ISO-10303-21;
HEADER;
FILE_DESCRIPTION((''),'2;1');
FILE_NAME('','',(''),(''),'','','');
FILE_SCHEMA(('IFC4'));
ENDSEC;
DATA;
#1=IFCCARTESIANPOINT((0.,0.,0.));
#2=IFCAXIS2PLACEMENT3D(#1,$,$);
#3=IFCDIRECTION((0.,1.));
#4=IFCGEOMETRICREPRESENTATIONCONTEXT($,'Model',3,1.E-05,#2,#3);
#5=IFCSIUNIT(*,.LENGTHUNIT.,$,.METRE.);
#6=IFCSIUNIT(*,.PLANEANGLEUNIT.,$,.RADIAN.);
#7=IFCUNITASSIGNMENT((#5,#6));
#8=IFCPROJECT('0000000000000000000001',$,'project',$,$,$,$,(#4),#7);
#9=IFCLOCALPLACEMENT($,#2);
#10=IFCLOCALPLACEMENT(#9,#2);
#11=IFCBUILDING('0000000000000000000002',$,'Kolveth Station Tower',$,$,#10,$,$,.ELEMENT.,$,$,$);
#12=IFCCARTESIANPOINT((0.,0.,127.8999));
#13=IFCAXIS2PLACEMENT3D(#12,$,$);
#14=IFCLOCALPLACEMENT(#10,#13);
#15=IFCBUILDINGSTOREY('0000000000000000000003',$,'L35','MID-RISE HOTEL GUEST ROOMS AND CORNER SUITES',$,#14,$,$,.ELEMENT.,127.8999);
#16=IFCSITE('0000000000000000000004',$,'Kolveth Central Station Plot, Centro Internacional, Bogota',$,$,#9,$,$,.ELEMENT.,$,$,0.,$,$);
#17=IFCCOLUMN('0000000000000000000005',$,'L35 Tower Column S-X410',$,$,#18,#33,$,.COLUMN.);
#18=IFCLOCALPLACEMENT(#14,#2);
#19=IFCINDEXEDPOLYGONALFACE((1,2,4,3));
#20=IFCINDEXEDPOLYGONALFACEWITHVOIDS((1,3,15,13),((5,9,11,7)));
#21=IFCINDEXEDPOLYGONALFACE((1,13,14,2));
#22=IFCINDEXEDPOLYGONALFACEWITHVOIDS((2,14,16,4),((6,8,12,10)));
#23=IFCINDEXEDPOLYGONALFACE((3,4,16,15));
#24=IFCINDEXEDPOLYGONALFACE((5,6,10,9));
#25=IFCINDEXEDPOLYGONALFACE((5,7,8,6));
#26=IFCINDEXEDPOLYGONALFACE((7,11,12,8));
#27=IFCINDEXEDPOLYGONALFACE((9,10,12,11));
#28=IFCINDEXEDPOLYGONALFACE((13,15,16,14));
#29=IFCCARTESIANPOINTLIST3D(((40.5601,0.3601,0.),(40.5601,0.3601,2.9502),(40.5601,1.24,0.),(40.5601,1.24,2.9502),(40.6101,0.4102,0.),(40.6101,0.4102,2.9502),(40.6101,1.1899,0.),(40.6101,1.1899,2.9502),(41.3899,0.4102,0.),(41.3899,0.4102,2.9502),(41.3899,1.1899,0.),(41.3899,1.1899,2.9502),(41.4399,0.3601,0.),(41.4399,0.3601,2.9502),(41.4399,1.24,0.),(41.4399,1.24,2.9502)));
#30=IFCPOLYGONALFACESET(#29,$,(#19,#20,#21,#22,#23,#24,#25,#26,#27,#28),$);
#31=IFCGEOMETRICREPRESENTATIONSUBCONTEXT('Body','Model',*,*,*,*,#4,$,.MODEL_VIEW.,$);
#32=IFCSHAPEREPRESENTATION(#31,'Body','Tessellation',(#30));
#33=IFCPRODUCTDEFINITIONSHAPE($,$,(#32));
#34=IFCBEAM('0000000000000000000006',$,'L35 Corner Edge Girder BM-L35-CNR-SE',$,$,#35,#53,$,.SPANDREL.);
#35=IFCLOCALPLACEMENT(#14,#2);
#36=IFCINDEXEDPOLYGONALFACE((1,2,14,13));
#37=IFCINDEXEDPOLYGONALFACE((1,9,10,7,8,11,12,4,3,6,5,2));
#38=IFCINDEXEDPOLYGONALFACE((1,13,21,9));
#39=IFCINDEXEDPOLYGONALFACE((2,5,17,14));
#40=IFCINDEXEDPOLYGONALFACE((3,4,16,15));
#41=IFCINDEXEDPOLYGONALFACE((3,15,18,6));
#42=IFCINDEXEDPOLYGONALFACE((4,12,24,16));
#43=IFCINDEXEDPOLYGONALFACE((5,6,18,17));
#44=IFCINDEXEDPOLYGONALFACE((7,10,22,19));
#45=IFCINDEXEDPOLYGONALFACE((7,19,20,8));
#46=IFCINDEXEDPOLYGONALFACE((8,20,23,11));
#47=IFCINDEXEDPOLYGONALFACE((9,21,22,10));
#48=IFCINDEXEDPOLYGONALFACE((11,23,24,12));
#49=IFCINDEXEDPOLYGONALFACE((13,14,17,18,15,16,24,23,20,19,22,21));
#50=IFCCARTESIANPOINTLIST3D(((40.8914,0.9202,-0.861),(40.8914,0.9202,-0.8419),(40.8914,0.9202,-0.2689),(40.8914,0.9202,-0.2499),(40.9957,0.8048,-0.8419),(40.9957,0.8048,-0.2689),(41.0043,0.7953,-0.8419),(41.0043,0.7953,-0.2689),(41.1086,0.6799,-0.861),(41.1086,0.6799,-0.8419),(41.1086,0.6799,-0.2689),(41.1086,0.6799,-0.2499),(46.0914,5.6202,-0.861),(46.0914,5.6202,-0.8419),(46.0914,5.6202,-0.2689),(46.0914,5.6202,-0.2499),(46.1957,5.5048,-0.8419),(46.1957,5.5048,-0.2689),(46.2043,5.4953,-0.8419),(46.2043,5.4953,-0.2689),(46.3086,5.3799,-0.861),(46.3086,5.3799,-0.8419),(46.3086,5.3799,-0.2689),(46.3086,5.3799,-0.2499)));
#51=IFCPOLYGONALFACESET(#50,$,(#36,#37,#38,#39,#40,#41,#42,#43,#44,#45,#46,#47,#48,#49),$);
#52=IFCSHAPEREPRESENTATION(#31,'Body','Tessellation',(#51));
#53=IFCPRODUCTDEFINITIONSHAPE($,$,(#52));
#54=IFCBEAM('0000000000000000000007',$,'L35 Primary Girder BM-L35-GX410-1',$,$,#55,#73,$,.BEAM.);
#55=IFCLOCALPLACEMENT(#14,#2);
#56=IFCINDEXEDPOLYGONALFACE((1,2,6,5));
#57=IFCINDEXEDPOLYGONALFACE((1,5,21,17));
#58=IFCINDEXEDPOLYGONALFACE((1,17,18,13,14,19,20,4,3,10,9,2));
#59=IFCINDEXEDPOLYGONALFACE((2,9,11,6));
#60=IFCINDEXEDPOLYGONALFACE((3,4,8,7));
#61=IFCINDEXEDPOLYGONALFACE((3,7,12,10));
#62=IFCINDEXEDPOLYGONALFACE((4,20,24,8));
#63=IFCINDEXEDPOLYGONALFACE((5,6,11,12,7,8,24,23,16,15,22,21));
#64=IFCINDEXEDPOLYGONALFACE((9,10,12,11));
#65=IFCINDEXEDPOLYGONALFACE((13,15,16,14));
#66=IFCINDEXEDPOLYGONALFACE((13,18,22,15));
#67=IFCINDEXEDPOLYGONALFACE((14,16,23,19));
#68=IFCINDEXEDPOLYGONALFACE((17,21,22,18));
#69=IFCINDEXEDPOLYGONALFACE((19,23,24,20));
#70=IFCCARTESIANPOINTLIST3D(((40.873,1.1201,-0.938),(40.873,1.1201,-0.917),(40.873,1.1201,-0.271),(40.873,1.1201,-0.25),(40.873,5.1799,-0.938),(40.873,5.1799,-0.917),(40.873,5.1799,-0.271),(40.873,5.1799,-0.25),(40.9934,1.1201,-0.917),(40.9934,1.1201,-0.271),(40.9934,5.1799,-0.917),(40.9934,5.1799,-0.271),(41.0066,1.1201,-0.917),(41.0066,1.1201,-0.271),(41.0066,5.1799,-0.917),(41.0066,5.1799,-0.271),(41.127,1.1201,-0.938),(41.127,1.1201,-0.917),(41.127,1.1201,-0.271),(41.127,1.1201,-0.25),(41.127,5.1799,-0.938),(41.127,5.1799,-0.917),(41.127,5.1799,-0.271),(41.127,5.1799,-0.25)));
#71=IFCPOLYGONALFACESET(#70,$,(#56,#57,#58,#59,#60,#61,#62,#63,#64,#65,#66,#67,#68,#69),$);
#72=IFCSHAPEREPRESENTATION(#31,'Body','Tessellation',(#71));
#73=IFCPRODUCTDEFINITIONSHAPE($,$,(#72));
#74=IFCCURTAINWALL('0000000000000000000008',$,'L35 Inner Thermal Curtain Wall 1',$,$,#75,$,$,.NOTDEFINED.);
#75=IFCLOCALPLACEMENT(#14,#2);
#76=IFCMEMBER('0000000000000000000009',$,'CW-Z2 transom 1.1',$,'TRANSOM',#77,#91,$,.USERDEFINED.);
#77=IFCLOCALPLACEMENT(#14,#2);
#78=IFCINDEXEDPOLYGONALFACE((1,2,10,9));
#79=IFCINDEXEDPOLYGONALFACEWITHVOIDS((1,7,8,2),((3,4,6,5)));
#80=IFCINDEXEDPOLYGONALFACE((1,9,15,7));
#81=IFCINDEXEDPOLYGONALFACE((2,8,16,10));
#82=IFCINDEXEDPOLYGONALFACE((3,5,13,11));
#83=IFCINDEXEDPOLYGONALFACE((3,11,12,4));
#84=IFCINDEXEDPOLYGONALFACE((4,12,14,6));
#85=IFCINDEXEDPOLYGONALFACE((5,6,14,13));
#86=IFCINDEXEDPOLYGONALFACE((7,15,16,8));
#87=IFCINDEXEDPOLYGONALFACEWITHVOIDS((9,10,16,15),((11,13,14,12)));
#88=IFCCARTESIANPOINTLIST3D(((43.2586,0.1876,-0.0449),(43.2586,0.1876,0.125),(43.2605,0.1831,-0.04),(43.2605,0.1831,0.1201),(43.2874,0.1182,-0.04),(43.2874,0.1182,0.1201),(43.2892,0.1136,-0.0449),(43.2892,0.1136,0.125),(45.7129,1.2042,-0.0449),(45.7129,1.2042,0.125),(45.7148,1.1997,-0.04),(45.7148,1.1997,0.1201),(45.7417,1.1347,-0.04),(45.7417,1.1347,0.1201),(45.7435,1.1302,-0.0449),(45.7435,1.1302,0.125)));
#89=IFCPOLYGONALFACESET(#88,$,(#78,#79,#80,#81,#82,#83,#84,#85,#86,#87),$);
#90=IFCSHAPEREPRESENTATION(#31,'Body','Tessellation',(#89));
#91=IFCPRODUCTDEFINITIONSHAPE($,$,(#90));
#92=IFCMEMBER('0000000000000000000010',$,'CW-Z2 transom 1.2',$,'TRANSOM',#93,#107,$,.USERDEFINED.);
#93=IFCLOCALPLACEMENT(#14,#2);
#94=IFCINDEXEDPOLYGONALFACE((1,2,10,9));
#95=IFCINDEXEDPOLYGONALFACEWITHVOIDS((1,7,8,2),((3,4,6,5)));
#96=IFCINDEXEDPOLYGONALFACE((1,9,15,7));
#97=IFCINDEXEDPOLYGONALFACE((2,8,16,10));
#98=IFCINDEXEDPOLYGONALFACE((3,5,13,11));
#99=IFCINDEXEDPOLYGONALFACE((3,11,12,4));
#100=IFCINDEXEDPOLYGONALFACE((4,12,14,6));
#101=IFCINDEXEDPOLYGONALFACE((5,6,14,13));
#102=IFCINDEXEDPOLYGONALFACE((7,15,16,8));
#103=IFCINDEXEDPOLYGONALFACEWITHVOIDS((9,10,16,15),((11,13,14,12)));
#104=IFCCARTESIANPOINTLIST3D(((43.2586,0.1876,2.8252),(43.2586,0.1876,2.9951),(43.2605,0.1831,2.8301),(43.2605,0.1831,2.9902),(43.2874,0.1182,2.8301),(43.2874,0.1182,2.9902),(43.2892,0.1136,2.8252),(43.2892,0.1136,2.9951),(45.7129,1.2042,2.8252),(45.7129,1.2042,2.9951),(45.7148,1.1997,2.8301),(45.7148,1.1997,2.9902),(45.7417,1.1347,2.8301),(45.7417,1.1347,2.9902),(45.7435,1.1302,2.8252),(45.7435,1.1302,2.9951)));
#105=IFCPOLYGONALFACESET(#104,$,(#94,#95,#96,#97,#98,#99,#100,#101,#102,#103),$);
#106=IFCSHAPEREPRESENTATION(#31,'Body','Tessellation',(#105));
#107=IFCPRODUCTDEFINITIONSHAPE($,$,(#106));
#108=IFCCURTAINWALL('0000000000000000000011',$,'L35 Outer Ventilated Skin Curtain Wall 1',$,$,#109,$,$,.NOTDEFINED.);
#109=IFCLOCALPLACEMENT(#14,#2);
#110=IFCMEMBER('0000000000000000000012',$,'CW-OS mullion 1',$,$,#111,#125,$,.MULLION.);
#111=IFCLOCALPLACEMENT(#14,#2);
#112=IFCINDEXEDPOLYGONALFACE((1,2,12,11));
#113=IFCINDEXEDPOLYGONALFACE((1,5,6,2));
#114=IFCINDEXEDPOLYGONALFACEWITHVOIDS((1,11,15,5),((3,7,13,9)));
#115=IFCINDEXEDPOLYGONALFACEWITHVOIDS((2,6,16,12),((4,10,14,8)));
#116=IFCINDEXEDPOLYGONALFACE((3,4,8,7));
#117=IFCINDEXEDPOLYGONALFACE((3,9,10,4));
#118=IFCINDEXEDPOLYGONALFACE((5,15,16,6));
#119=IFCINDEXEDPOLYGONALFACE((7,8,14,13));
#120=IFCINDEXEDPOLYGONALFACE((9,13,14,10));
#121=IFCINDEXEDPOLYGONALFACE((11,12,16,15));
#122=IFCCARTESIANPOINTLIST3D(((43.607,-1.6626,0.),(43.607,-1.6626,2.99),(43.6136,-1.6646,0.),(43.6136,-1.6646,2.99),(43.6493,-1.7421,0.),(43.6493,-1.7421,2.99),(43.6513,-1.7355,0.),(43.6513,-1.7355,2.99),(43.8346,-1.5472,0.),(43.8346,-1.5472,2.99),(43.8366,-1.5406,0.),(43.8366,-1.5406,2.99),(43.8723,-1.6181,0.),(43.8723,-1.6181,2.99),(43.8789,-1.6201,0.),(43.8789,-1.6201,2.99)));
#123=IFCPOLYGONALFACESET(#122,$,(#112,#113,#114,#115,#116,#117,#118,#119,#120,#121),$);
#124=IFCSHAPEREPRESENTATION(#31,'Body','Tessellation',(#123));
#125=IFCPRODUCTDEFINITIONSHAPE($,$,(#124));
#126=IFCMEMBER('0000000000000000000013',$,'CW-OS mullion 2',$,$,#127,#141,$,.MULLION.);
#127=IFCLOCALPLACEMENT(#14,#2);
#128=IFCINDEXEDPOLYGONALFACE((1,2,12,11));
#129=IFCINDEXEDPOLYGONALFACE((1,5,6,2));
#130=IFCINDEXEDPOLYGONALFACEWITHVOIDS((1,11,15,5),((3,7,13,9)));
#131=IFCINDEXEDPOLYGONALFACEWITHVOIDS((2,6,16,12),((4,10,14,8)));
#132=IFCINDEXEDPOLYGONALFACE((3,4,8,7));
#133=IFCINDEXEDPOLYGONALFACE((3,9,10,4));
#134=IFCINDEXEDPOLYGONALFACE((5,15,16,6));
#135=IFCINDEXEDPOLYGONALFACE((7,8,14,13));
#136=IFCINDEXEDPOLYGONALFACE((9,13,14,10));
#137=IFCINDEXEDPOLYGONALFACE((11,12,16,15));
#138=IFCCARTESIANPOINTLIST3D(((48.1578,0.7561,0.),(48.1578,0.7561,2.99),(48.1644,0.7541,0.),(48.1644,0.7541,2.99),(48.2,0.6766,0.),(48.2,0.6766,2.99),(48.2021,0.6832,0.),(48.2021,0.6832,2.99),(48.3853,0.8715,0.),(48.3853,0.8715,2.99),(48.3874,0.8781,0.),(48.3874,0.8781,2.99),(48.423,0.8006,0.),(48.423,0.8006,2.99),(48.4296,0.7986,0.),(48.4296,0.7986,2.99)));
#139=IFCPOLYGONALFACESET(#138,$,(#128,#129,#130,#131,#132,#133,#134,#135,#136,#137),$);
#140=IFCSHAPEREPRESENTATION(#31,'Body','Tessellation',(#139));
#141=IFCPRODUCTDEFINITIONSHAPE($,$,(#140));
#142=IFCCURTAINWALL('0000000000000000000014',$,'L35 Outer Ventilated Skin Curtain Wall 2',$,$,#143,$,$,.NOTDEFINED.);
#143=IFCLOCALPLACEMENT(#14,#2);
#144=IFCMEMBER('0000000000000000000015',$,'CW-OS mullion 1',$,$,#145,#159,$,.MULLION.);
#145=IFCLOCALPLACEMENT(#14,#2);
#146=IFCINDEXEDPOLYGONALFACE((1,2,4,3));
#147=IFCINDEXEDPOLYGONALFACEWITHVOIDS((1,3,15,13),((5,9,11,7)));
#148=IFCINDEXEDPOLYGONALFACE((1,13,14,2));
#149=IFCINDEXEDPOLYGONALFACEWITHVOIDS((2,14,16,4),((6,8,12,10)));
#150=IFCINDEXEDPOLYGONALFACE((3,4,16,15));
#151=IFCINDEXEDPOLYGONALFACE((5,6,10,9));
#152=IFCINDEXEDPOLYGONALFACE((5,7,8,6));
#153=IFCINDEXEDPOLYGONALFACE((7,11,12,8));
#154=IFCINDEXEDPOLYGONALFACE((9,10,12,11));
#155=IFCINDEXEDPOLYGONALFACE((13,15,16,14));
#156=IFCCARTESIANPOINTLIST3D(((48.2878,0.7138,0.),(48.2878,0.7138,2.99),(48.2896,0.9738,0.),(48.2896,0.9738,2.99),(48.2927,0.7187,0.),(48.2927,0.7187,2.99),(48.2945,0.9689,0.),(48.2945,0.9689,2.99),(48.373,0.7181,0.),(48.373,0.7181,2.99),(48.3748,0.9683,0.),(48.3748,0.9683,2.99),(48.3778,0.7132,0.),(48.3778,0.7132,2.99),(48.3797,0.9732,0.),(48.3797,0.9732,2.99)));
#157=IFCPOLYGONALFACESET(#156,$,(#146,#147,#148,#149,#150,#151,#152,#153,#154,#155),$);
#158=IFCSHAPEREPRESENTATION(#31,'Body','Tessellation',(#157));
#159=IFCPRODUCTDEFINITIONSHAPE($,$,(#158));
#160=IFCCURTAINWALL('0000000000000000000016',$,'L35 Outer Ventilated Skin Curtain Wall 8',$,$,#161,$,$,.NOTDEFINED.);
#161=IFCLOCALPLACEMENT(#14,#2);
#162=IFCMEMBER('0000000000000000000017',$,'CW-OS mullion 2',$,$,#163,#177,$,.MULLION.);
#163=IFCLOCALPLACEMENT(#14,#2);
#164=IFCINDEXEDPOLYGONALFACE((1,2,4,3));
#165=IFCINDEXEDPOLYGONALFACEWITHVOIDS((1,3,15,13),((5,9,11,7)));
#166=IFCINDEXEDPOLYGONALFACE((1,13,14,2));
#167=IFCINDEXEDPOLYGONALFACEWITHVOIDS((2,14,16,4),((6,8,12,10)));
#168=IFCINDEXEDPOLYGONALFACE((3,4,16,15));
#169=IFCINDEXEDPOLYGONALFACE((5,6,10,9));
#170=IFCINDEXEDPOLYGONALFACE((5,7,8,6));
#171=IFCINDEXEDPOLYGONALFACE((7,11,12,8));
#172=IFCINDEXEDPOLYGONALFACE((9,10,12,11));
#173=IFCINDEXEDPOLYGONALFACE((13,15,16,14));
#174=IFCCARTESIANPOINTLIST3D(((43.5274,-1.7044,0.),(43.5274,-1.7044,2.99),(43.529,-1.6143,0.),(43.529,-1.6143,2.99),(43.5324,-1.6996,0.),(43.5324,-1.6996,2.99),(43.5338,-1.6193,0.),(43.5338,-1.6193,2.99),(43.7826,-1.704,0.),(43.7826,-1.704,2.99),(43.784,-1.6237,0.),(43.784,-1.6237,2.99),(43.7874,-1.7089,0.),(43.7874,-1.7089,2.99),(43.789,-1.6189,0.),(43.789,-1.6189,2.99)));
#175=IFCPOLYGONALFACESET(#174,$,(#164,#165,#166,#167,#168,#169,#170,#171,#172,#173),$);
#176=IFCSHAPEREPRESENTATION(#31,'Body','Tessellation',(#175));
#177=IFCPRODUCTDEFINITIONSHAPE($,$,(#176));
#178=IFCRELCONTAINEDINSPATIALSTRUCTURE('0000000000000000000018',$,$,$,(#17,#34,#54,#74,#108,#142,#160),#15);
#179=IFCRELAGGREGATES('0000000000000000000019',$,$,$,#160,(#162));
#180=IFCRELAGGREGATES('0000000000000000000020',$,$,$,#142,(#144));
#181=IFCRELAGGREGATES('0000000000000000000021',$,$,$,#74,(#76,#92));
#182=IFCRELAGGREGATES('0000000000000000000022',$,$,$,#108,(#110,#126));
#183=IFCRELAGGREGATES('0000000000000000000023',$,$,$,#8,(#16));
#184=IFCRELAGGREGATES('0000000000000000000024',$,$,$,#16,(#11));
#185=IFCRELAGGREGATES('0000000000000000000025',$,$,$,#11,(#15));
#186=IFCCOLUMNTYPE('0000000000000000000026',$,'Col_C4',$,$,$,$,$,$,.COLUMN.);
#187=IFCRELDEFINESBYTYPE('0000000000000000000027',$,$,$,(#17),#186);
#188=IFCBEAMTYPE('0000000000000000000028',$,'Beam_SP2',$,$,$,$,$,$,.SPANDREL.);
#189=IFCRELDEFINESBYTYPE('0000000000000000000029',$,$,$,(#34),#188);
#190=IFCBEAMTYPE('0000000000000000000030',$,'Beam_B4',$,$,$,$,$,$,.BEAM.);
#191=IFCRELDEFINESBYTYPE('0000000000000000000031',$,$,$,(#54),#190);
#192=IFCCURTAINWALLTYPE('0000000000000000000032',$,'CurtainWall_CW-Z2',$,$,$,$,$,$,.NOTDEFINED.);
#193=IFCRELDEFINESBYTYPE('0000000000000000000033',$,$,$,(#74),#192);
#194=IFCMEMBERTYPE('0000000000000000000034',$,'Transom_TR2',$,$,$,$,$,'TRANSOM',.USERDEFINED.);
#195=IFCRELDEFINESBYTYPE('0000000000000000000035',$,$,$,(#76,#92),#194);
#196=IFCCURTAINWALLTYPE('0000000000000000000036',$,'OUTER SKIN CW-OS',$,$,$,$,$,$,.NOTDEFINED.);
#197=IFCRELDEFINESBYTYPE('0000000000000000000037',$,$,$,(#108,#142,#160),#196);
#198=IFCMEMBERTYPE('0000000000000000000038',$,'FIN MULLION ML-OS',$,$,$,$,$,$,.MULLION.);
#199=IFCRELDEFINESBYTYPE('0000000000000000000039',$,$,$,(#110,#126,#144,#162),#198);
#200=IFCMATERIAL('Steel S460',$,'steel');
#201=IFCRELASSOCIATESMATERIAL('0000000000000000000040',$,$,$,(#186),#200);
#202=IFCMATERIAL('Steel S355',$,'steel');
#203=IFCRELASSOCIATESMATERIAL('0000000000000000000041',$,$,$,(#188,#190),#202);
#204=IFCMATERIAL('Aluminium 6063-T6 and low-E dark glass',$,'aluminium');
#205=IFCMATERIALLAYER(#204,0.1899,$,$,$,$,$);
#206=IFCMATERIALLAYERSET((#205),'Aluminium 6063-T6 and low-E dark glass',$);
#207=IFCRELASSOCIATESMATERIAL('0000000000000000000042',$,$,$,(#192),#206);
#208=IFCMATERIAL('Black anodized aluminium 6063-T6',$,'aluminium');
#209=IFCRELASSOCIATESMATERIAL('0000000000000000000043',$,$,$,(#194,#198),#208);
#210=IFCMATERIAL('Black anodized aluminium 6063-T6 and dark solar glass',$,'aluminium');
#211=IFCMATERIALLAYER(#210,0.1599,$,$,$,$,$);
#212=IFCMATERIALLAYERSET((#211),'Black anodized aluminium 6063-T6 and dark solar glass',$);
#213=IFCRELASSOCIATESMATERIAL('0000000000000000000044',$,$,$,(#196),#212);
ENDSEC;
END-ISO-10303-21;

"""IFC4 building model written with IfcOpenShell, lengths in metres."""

from ifc_helpers import new_model, si_unit, direction, frame, origin, origin_2d, place, context, subcontext, project, spatial, hollow_rectangle, i_section, extrude, source, transform, mapped, material, layer, layer_set, material_profile, profile_set, type_object, element, aggregate, save


model = new_model("IFC4")

# Units and contexts
model_context = context("Model", 3, precision=1e-05, world=origin(), true_north=direction((0.0, 1.0)))
body_context = subcontext(model_context, "Body", "Model", "MODEL_VIEW")
ifc_project = project(units=[si_unit("LENGTHUNIT", "METRE"), si_unit("PLANEANGLEUNIT", "RADIAN")], contexts=[model_context])

# Site, building, storey
site_placement = place(None, origin())
site = spatial("IfcSite", under=ifc_project, at=site_placement, Name="Kolveth Central Station Plot, Centro Internacional, Bogota", CompositionType="ELEMENT", RefElevation=0.0)
building_placement = place(site_placement, origin())
building = spatial("IfcBuilding", under=site, at=building_placement, Name="Kolveth Station Tower", CompositionType="ELEMENT")
storey_placement = place(building_placement, frame((0.0, 0.0, 127.8999)))
storey = spatial("IfcBuildingStorey", under=building, at=storey_placement, Name="L35", Description="MID-RISE HOTEL GUEST ROOMS AND CORNER SUITES", CompositionType="ELEMENT", Elevation=127.8999)

# Column
ifc_material_1 = material(Name="Steel S460", Category="steel")
ifc_material_profile_1 = material_profile(ifc_material_1, hollow_rectangle(XDim=0.8799, YDim=0.8799, WallThickness=0.05, at=origin_2d()), Name="BOX880x880x50")
ifc_profile_set_1 = profile_set([ifc_material_profile_1], Name="Steel S460")
column_type = type_object("IfcColumnType", Name="Col_C4", PredefinedType="COLUMN", material=ifc_profile_set_1)
shared_shape_1 = source(origin(), body_context, "Body", "SweptSolid", [
    extrude(hollow_rectangle(XDim=0.8799, YDim=0.8799, WallThickness=0.05, at=origin_2d()), origin(), (0.0, 0.0, 1.0), 2.9502),
])
column_placement = place(storey_placement, frame((41.0, 0.8, 0.0), z_axis=(0.0, 0.0, 1.0), x_axis=(1.0, 0.0, 0.0)))
element("IfcColumn", 1, at=column_placement, inside=storey, type_object=column_type, Name="L35 Tower Column S-X410", PredefinedType="COLUMN", context=body_context, shape_type="MappedRepresentation", body=[
    mapped(shared_shape_1, transform((0.0, 0.0, 0.0), x_axis=(1.0, 0.0, 0.0), y_axis=(0.0, 1.0, 0.0), z_axis=(0.0, 0.0, 1.0), scale=1.0)),
])

# Beams
ifc_material_2 = material(Name="Steel S355", Category="steel")
ifc_material_profile_2 = material_profile(ifc_material_2, i_section(OverallWidth=0.324, OverallDepth=0.6111, WebThickness=0.0127, FlangeThickness=0.019, at=origin_2d()), Name="W610x155")
ifc_profile_set_2 = profile_set([ifc_material_profile_2], Name="Steel S355")
beam_type_1 = type_object("IfcBeamType", Name="Beam_SP2", PredefinedType="SPANDREL", material=ifc_profile_set_2)
shared_shape_2 = source(origin(), body_context, "Body", "SweptSolid", [
    extrude(i_section(OverallWidth=0.324, OverallDepth=0.6111, WebThickness=0.0127, FlangeThickness=0.019, at=origin_2d()), origin(), (0.0, 0.0, 1.0), 7.0093),
])
beam_1_placement = place(storey_placement, frame((41.0, 0.8, -0.5554), z_axis=(0.741874, 0.670539, 0.0), x_axis=(-0.670539, 0.741874, 0.0)))
element("IfcBeam", 2, at=beam_1_placement, inside=storey, type_object=beam_type_1, Name="L35 Corner Edge Girder BM-L35-CNR-SE", PredefinedType="SPANDREL", context=body_context, shape_type="MappedRepresentation", body=[
    mapped(shared_shape_2, transform((0.0, 0.0, 0.0), x_axis=(1.0, 0.0, 0.0), y_axis=(0.0, 1.0, 0.0), z_axis=(0.0, 0.0, 1.0), scale=1.0)),
])
ifc_material_profile_3 = material_profile(ifc_material_2, i_section(OverallWidth=0.2539, OverallDepth=0.688, WebThickness=0.0132, FlangeThickness=0.021, at=origin_2d()), Name="W690x152")
ifc_profile_set_3 = profile_set([ifc_material_profile_3], Name="Steel S355")
beam_type_2 = type_object("IfcBeamType", Name="Beam_B4", PredefinedType="BEAM", material=ifc_profile_set_3)
shared_shape_3 = source(origin(), body_context, "Body", "SweptSolid", [
    extrude(i_section(OverallWidth=0.2539, OverallDepth=0.688, WebThickness=0.0132, FlangeThickness=0.021, at=origin_2d()), origin(), (0.0, 0.0, 1.0), 4.0598),
])
beam_2_placement = place(storey_placement, frame((41.0, 1.1201, -0.594), z_axis=(0.0, 1.0, 0.0), x_axis=(-1.0, 0.0, 0.0)))
element("IfcBeam", 3, at=beam_2_placement, inside=storey, type_object=beam_type_2, Name="L35 Primary Girder BM-L35-GX410-1", PredefinedType="BEAM", context=body_context, shape_type="MappedRepresentation", body=[
    mapped(shared_shape_3, transform((0.0, 0.0, 0.0), x_axis=(1.0, 0.0, 0.0), y_axis=(0.0, 1.0, 0.0), z_axis=(0.0, 0.0, 1.0), scale=1.0)),
])

# Curtain walls, members
ifc_material_3 = material(Name="Aluminium 6063-T6 and low-E dark glass", Category="aluminium")
ifc_layer_1 = layer(ifc_material_3, 0.1899)
ifc_layer_set_1 = layer_set([ifc_layer_1], Name="Aluminium 6063-T6 and low-E dark glass")
curtain_wall_type_1 = type_object("IfcCurtainWallType", Name="CurtainWall_CW-Z2", PredefinedType="NOTDEFINED", material=ifc_layer_set_1)
curtain_wall_1_placement = place(storey_placement, origin())
curtain_wall_1 = element("IfcCurtainWall", 4, at=curtain_wall_1_placement, inside=storey, type_object=curtain_wall_type_1, Name="L35 Inner Thermal Curtain Wall 1", PredefinedType="NOTDEFINED")
ifc_material_4 = material(Name="Black anodized aluminium 6063-T6", Category="aluminium")
ifc_material_profile_4 = material_profile(ifc_material_4, hollow_rectangle(XDim=0.0801, YDim=0.1699, WallThickness=0.0049, at=origin_2d()), Name="ALU-80x170x5")
ifc_profile_set_4 = profile_set([ifc_material_profile_4], Name="Black anodized aluminium 6063-T6")
member_type_1 = type_object("IfcMemberType", Name="Transom_TR2", ElementType="TRANSOM", PredefinedType="USERDEFINED", material=ifc_profile_set_4)
shared_shape_4 = source(origin(), body_context, "Body", "SweptSolid", [
    extrude(hollow_rectangle(XDim=0.0801, YDim=0.1699, WallThickness=0.0049, at=origin_2d()), origin(), (0.0, 0.0, 1.0), 2.6565),
])
member_1_placement = place(storey_placement, frame((43.2739, 0.1506, 0.04), z_axis=(0.923882, 0.382676, 0.0), x_axis=(-0.382676, 0.923882, 0.0)))
member_1 = element("IfcMember", 5, at=member_1_placement, type_object=member_type_1, Name="CW-Z2 transom 1.1", ObjectType="TRANSOM", PredefinedType="USERDEFINED", context=body_context, shape_type="MappedRepresentation", body=[
    mapped(shared_shape_4, transform((0.0, 0.0, 0.0), x_axis=(1.0, 0.0, 0.0), y_axis=(0.0, 1.0, 0.0), z_axis=(0.0, 0.0, 1.0), scale=1.0)),
])
member_2_placement = place(storey_placement, frame((43.2739, 0.1506, 2.9102), z_axis=(0.923882, 0.382676, 0.0), x_axis=(-0.382676, 0.923882, 0.0)))
member_2 = element("IfcMember", 6, at=member_2_placement, type_object=member_type_1, Name="CW-Z2 transom 1.2", ObjectType="TRANSOM", PredefinedType="USERDEFINED", context=body_context, shape_type="MappedRepresentation", body=[
    mapped(shared_shape_4, transform((0.0, 0.0, 0.0), x_axis=(1.0, 0.0, 0.0), y_axis=(0.0, 1.0, 0.0), z_axis=(0.0, 0.0, 1.0), scale=1.0)),
])
ifc_material_5 = material(Name="Black anodized aluminium 6063-T6 and dark solar glass", Category="aluminium")
ifc_layer_2 = layer(ifc_material_5, 0.1599)
ifc_layer_set_2 = layer_set([ifc_layer_2], Name="Black anodized aluminium 6063-T6 and dark solar glass")
curtain_wall_type_2 = type_object("IfcCurtainWallType", Name="OUTER SKIN CW-OS", PredefinedType="NOTDEFINED", material=ifc_layer_set_2)
curtain_wall_2_placement = place(storey_placement, origin())
curtain_wall_2 = element("IfcCurtainWall", 7, at=curtain_wall_2_placement, inside=storey, type_object=curtain_wall_type_2, Name="L35 Outer Ventilated Skin Curtain Wall 1", PredefinedType="NOTDEFINED")
ifc_material_profile_5 = material_profile(ifc_material_4, hollow_rectangle(XDim=0.0901, YDim=0.26, WallThickness=0.0049, at=origin_2d()), Name="ALU-90x260x5")
ifc_profile_set_5 = profile_set([ifc_material_profile_5], Name="Black anodized aluminium 6063-T6")
member_type_2 = type_object("IfcMemberType", Name="FIN MULLION ML-OS", PredefinedType="MULLION", material=ifc_profile_set_5)
shared_shape_5 = source(origin(), body_context, "Body", "SweptSolid", [
    extrude(hollow_rectangle(XDim=0.0901, YDim=0.26, WallThickness=0.0049, at=origin_2d()), origin(), (0.0, 0.0, 1.0), 2.99),
])
member_3_placement = place(storey_placement, frame((43.7429, -1.6414, 0.0), z_axis=(0.0, 0.0, 1.0), x_axis=(-0.46932, 0.883028, 0.0)))
member_3 = element("IfcMember", 8, at=member_3_placement, type_object=member_type_2, Name="CW-OS mullion 1", PredefinedType="MULLION", context=body_context, shape_type="MappedRepresentation", body=[
    mapped(shared_shape_5, transform((0.0, 0.0, 0.0), x_axis=(1.0, 0.0, 0.0), y_axis=(0.0, 1.0, 0.0), z_axis=(0.0, 0.0, 1.0), scale=1.0)),
])
member_4_placement = place(storey_placement, frame((48.2937, 0.7773, 0.0), z_axis=(0.0, 0.0, 1.0), x_axis=(-0.46932, 0.883028, 0.0)))
member_4 = element("IfcMember", 9, at=member_4_placement, type_object=member_type_2, Name="CW-OS mullion 2", PredefinedType="MULLION", context=body_context, shape_type="MappedRepresentation", body=[
    mapped(shared_shape_5, transform((0.0, 0.0, 0.0), x_axis=(1.0, 0.0, 0.0), y_axis=(0.0, 1.0, 0.0), z_axis=(0.0, 0.0, 1.0), scale=1.0)),
])

# Curtain walls, members
curtain_wall_3_placement = place(storey_placement, origin())
curtain_wall_3 = element("IfcCurtainWall", 10, at=curtain_wall_3_placement, inside=storey, type_object=curtain_wall_type_2, Name="L35 Outer Ventilated Skin Curtain Wall 2", PredefinedType="NOTDEFINED")
member_5_placement = place(storey_placement, frame((48.3337, 0.8435, 0.0), z_axis=(0.0, 0.0, 1.0), x_axis=(-0.999974, 0.007272, 0.0)))
member_5 = element("IfcMember", 11, at=member_5_placement, type_object=member_type_2, Name="CW-OS mullion 1", PredefinedType="MULLION", context=body_context, shape_type="MappedRepresentation", body=[
    mapped(shared_shape_5, transform((0.0, 0.0, 0.0), x_axis=(1.0, 0.0, 0.0), y_axis=(0.0, 1.0, 0.0), z_axis=(0.0, 0.0, 1.0), scale=1.0)),
])
curtain_wall_4_placement = place(storey_placement, origin())
curtain_wall_4 = element("IfcCurtainWall", 12, at=curtain_wall_4_placement, inside=storey, type_object=curtain_wall_type_2, Name="L35 Outer Ventilated Skin Curtain Wall 8", PredefinedType="NOTDEFINED")
member_6_placement = place(storey_placement, frame((43.6582, -1.6616, 0.0), z_axis=(0.0, 0.0, 1.0), x_axis=(0.017556, 0.999846, 0.0)))
member_6 = element("IfcMember", 13, at=member_6_placement, type_object=member_type_2, Name="CW-OS mullion 2", PredefinedType="MULLION", context=body_context, shape_type="MappedRepresentation", body=[
    mapped(shared_shape_5, transform((0.0, 0.0, 0.0), x_axis=(1.0, 0.0, 0.0), y_axis=(0.0, 1.0, 0.0), z_axis=(0.0, 0.0, 1.0), scale=1.0)),
])
aggregate(curtain_wall_4, [member_6])

aggregate(curtain_wall_3, [member_5])

aggregate(curtain_wall_1, [member_1, member_2])
aggregate(curtain_wall_2, [member_3, member_4])

save(model, "model.ifc")
